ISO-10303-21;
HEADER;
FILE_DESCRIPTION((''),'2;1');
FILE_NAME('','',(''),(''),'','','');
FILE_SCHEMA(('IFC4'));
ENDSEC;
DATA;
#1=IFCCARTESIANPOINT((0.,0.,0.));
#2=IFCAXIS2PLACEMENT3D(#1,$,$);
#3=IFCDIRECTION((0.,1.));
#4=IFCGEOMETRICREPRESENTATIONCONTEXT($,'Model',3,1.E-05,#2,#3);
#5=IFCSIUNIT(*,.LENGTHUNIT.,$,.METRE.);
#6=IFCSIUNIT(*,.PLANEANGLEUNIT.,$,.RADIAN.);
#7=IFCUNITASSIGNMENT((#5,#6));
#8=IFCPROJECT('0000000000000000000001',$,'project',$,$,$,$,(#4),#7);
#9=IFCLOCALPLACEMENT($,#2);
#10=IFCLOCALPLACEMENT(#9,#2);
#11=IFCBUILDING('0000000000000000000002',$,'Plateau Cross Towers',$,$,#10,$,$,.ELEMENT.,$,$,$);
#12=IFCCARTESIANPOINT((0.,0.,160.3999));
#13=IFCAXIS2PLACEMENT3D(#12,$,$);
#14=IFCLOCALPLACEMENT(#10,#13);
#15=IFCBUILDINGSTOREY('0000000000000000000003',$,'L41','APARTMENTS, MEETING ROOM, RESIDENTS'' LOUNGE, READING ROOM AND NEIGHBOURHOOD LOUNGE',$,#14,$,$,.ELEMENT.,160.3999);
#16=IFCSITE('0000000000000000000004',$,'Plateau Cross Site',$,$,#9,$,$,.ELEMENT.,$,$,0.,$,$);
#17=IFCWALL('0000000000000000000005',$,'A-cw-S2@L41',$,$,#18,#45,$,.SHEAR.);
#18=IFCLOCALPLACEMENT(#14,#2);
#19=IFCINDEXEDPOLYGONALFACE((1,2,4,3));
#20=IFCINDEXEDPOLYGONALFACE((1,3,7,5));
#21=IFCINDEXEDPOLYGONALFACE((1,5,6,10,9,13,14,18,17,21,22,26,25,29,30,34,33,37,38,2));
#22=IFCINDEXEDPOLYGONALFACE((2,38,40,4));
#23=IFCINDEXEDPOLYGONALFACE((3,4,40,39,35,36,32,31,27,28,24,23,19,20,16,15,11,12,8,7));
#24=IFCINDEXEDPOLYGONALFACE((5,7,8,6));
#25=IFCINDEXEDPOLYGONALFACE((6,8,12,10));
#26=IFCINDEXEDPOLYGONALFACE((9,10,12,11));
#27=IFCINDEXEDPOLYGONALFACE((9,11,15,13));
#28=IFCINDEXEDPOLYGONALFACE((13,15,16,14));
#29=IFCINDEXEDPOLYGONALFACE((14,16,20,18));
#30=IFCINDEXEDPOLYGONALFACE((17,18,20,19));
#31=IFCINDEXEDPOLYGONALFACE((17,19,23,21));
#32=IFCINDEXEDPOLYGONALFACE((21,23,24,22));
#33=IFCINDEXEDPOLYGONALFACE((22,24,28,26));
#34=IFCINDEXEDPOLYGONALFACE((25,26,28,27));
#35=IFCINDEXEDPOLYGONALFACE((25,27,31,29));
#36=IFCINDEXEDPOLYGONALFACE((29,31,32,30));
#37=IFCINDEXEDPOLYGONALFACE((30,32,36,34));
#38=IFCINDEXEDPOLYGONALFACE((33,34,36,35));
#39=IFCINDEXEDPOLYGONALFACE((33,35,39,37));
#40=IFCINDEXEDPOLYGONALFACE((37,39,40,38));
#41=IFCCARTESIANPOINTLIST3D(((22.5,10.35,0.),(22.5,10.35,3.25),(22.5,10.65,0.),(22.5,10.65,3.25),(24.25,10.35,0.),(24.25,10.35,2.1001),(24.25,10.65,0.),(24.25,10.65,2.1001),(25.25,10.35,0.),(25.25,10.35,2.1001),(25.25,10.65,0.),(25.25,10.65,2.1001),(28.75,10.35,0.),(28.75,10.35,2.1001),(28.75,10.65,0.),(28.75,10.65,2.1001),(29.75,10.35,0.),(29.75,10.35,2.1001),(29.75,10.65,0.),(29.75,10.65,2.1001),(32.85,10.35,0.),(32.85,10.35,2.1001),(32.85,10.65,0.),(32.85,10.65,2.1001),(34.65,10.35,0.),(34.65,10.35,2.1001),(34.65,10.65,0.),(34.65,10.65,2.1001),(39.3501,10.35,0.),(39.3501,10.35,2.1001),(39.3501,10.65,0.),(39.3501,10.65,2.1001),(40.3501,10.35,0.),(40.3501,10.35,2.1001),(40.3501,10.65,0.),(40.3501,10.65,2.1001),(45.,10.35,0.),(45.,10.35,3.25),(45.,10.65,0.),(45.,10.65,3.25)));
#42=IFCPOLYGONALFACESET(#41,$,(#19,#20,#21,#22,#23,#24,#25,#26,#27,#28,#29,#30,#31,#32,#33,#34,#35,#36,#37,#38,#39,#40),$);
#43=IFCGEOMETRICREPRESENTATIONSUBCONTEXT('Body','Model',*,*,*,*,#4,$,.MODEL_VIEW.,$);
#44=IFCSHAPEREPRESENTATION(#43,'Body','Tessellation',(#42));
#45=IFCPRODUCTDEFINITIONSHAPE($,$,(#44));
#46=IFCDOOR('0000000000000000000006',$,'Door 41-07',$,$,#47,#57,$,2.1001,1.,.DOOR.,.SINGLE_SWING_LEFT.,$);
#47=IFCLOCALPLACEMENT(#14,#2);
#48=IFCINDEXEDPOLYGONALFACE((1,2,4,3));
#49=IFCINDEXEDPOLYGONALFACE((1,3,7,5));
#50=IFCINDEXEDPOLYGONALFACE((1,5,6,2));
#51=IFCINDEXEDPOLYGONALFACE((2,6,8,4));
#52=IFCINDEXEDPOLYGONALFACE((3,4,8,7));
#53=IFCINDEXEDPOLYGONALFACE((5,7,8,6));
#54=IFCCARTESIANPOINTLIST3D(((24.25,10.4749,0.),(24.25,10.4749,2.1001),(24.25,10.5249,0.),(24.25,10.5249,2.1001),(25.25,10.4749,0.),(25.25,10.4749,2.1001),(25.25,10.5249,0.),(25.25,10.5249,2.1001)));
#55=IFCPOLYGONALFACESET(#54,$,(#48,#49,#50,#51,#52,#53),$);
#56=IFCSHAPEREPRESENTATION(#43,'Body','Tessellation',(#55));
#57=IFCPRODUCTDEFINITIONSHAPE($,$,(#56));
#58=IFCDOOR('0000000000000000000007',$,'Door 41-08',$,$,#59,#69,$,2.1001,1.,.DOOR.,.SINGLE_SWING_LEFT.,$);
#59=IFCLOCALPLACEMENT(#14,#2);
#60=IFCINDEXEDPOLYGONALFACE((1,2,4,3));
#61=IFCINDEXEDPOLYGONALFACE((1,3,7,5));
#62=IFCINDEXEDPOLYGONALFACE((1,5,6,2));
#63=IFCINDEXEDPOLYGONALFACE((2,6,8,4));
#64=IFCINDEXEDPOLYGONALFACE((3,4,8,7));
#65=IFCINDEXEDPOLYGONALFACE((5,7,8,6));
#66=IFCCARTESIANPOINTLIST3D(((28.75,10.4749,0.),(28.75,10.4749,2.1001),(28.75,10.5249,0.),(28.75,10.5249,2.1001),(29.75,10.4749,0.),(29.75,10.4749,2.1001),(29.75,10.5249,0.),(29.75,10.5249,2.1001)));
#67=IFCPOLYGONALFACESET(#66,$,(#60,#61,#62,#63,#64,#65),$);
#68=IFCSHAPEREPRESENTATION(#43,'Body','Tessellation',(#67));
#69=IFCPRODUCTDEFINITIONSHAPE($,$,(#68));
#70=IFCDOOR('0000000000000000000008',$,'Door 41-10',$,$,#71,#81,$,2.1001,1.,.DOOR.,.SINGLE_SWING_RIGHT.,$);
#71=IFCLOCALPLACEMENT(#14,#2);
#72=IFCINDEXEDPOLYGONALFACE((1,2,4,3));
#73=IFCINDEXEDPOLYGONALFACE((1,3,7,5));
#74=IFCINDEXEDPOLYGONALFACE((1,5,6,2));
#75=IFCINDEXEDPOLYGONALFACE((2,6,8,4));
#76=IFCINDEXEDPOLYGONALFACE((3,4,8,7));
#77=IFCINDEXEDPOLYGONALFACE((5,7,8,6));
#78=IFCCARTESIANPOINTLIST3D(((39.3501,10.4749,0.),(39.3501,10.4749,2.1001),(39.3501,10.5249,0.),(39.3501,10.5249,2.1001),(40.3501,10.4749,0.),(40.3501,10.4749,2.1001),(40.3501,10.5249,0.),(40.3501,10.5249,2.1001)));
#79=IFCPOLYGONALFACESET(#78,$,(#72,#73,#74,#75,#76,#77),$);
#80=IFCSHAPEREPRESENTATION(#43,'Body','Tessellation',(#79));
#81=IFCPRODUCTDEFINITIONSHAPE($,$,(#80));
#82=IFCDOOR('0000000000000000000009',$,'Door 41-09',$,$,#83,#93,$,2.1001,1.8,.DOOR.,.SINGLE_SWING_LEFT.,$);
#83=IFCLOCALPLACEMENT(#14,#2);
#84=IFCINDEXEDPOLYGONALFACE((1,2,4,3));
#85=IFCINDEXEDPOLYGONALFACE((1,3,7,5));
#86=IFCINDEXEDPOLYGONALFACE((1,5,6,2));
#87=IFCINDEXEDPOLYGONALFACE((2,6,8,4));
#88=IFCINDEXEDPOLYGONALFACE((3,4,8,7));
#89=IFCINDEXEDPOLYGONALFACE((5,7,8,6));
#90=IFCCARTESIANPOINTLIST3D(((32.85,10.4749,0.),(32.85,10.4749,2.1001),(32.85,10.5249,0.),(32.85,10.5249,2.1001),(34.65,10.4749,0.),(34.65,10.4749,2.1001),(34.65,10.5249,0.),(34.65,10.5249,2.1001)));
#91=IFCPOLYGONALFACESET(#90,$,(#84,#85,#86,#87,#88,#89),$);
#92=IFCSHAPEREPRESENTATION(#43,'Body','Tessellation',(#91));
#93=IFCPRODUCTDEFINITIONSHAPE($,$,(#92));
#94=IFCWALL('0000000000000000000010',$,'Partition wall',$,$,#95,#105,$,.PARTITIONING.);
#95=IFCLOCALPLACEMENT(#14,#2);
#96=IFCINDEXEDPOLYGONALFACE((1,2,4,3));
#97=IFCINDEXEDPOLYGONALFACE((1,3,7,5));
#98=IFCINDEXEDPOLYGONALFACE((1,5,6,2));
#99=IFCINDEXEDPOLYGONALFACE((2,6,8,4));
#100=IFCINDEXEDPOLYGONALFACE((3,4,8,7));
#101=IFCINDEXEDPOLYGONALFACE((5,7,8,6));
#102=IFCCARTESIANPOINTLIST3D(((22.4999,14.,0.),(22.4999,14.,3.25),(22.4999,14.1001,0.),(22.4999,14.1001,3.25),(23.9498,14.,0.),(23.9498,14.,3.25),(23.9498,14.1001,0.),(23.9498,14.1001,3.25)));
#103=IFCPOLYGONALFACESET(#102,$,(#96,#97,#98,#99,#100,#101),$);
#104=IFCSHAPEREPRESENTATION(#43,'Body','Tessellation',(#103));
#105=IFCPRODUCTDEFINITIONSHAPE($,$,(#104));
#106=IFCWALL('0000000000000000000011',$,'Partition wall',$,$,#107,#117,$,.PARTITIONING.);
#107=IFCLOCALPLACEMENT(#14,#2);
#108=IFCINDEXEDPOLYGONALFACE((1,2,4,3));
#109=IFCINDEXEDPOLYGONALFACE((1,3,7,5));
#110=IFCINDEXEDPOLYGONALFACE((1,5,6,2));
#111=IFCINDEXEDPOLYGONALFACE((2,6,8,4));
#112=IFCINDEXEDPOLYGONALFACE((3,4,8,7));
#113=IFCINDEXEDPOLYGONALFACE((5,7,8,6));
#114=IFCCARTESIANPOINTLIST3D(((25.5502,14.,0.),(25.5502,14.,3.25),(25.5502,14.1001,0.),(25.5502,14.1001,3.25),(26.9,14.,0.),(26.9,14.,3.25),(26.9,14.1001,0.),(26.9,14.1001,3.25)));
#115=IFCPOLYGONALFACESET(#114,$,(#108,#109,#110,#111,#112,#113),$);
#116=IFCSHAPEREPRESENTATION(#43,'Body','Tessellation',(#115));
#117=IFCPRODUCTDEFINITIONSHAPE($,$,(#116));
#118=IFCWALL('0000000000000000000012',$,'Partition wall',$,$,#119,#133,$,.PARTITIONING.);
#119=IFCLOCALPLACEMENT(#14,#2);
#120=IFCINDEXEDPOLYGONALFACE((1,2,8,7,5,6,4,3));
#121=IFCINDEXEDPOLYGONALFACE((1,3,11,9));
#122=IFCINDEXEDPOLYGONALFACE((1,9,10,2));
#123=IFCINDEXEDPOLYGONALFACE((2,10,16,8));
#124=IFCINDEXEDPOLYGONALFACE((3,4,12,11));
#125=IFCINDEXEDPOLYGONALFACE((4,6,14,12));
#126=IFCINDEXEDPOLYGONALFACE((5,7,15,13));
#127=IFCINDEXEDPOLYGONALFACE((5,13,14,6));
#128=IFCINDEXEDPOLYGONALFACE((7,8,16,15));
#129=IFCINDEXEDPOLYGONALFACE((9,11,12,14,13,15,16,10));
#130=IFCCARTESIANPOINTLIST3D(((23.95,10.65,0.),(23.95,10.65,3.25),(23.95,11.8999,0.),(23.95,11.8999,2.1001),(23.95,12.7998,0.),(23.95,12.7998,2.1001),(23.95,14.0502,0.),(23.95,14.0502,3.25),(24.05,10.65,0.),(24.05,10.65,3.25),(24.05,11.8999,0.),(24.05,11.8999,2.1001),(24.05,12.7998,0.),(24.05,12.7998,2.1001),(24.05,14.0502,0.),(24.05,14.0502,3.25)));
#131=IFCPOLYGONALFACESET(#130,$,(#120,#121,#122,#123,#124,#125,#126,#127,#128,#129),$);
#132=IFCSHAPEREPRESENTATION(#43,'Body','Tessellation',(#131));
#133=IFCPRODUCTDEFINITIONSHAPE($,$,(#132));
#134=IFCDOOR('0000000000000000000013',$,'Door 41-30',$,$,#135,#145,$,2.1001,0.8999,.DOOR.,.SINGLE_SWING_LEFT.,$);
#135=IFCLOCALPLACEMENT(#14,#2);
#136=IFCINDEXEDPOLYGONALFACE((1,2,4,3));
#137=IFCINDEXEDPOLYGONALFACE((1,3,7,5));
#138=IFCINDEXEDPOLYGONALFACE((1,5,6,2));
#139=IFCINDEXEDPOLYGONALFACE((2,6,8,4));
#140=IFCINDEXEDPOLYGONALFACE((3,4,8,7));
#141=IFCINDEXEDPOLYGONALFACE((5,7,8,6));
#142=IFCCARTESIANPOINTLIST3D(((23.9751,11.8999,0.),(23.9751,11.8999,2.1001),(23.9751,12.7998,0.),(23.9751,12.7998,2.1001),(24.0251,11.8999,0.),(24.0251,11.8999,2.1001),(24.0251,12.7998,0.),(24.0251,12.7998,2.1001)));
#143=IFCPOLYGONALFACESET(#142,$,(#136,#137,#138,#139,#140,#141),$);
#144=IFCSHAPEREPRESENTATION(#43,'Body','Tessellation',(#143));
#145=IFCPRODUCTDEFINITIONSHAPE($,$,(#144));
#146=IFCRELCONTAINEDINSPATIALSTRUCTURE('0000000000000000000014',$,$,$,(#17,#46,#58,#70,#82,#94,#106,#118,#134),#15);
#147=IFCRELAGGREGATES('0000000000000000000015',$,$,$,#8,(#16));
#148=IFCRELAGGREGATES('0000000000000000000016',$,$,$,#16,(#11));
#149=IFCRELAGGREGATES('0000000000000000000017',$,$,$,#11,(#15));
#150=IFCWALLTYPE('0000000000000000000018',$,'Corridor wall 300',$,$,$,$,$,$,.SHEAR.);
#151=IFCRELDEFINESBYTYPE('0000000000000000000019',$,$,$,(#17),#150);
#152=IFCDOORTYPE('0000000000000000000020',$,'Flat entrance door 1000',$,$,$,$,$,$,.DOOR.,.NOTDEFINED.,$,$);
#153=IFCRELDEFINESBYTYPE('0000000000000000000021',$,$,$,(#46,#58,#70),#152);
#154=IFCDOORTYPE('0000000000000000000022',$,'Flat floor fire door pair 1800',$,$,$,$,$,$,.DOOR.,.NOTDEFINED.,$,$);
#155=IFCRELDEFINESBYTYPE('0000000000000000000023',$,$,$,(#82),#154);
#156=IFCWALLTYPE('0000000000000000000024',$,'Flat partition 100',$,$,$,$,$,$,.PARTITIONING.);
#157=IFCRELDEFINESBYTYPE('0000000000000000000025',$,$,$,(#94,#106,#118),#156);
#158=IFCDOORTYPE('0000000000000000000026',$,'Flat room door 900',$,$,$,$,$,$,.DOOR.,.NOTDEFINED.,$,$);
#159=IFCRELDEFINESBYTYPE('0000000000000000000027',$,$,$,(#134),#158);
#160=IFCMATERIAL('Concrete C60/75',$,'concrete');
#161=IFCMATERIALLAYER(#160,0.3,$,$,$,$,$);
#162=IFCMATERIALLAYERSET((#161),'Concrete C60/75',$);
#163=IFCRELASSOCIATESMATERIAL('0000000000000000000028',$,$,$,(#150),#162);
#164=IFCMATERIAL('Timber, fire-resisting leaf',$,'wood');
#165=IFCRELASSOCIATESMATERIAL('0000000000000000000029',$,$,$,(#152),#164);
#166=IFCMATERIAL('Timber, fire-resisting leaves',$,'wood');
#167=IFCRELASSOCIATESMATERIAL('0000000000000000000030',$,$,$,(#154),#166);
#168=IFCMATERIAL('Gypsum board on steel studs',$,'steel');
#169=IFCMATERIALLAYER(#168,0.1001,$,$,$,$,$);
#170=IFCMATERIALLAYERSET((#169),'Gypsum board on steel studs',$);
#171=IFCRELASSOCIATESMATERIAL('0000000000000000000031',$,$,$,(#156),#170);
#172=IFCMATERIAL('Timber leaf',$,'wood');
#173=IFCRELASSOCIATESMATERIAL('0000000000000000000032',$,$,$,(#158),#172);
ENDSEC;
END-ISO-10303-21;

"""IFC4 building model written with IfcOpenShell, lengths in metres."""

from ifc_helpers import new_model, si_unit, direction, frame, frame_2d, origin, place, context, subcontext, project, spatial, rectangle, extrude, material, layer, layer_set, type_object, element, fill, save


model = new_model("IFC4")

# Units and contexts
model_context = context("Model", 3, precision=1e-05, world=origin(), true_north=direction((0.0, 1.0)))
body_context = subcontext(model_context, "Body", "Model", "MODEL_VIEW")
ifc_project = project(units=[si_unit("LENGTHUNIT", "METRE"), si_unit("PLANEANGLEUNIT", "RADIAN")], contexts=[model_context])

# Site, building, storey
site_placement = place(None, origin())
site = spatial("IfcSite", under=ifc_project, at=site_placement, Name="Plateau Cross Site", CompositionType="ELEMENT", RefElevation=0.0)
building_placement = place(site_placement, origin())
building = spatial("IfcBuilding", under=site, at=building_placement, Name="Plateau Cross Towers", CompositionType="ELEMENT")
storey_placement = place(building_placement, frame((0.0, 0.0, 160.3999)))
storey = spatial("IfcBuildingStorey", under=building, at=storey_placement, Name="L41", Description="APARTMENTS, MEETING ROOM, RESIDENTS' LOUNGE, READING ROOM AND NEIGHBOURHOOD LOUNGE", CompositionType="ELEMENT", Elevation=160.3999)

# Shared definitions
ifc_material_1 = material(Name="Concrete C60/75", Category="concrete")

# Wall, openings, doors
ifc_layer_1 = layer(ifc_material_1, 0.3)
ifc_layer_set_1 = layer_set([ifc_layer_1], Name="Concrete C60/75")
wall_type_1 = type_object("IfcWallType", Name="Corridor wall 300", PredefinedType="SHEAR", material=ifc_layer_set_1)
ifc_material_2 = material(Name="Timber, fire-resisting leaf", Category="wood")
door_type_1 = type_object("IfcDoorType", Name="Flat entrance door 1000", OperationType="NOTDEFINED", PredefinedType="DOOR", material=ifc_material_2)
wall_1_placement = place(storey_placement, frame((22.5, 10.5, 0.0), z_axis=(0.0, 0.0, 1.0), x_axis=(1.0, 0.0, 0.0)))
wall_1 = element("IfcWall", 1, at=wall_1_placement, inside=storey, type_object=wall_type_1, Name="A-cw-S2@L41", PredefinedType="SHEAR", context=body_context, shape_type="SweptSolid", body=[
    extrude(rectangle(XDim=22.5, YDim=0.3, at=frame_2d((11.25, 0.0))), origin(), (0.0, 0.0, 1.0), 3.25),
])
opening_1_placement = place(wall_1_placement, frame((1.75, 0.0, 0.0)))
opening_1 = element("IfcOpeningElement", 2, at=opening_1_placement, cuts=wall_1, PredefinedType="OPENING", context=body_context, shape_type="SweptSolid", body=[
    extrude(rectangle(XDim=1.0, YDim=2.1001, at=frame_2d((0.5, 1.05))), frame((0.0, 0.1599, 0.0), z_axis=(0.0, -1.0, 0.0), x_axis=(1.0, 0.0, 0.0)), (0.0, 0.0, 1.0), 0.3201),
])
opening_2_placement = place(wall_1_placement, frame((6.25, 0.0, 0.0)))
opening_2 = element("IfcOpeningElement", 3, at=opening_2_placement, cuts=wall_1, PredefinedType="OPENING", context=body_context, shape_type="SweptSolid", body=[
    extrude(rectangle(XDim=1.0, YDim=2.1001, at=frame_2d((0.5, 1.05))), frame((0.0, 0.1599, 0.0), z_axis=(0.0, -1.0, 0.0), x_axis=(1.0, 0.0, 0.0)), (0.0, 0.0, 1.0), 0.3201),
])
opening_3_placement = place(wall_1_placement, frame((10.3501, 0.0, 0.0)))
opening_3 = element("IfcOpeningElement", 4, at=opening_3_placement, cuts=wall_1, PredefinedType="OPENING", context=body_context, shape_type="SweptSolid", body=[
    extrude(rectangle(XDim=1.8, YDim=2.1001, at=frame_2d((0.8999, 1.05))), frame((0.0, 0.1599, 0.0), z_axis=(0.0, -1.0, 0.0), x_axis=(1.0, 0.0, 0.0)), (0.0, 0.0, 1.0), 0.3201),
])
opening_4_placement = place(wall_1_placement, frame((16.8501, 0.0, 0.0)))
opening_4 = element("IfcOpeningElement", 5, at=opening_4_placement, cuts=wall_1, PredefinedType="OPENING", context=body_context, shape_type="SweptSolid", body=[
    extrude(rectangle(XDim=1.0, YDim=2.1001, at=frame_2d((0.5, 1.05))), frame((0.0, 0.1599, 0.0), z_axis=(0.0, -1.0, 0.0), x_axis=(1.0, 0.0, 0.0)), (0.0, 0.0, 1.0), 0.3201),
])
door_1_placement = place(opening_1_placement, origin())
door_1 = element("IfcDoor", 6, at=door_1_placement, inside=storey, type_object=door_type_1, Name="Door 41-07", OperationType="SINGLE_SWING_LEFT", OverallHeight=2.1001, OverallWidth=1.0, PredefinedType="DOOR", context=body_context, shape_type="SweptSolid", body=[
    extrude(rectangle(XDim=1.0, YDim=2.1001, at=frame_2d((0.5, 1.05))), frame((0.0, 0.0249, 0.0), z_axis=(0.0, -1.0, 0.0), x_axis=(1.0, 0.0, 0.0)), (0.0, 0.0, 1.0), 0.05),
])
fill(opening_1, door_1)
door_2_placement = place(opening_2_placement, origin())
door_2 = element("IfcDoor", 7, at=door_2_placement, inside=storey, type_object=door_type_1, Name="Door 41-08", OperationType="SINGLE_SWING_LEFT", OverallHeight=2.1001, OverallWidth=1.0, PredefinedType="DOOR", context=body_context, shape_type="SweptSolid", body=[
    extrude(rectangle(XDim=1.0, YDim=2.1001, at=frame_2d((0.5, 1.05))), frame((0.0, 0.0249, 0.0), z_axis=(0.0, -1.0, 0.0), x_axis=(1.0, 0.0, 0.0)), (0.0, 0.0, 1.0), 0.05),
])
fill(opening_2, door_2)
door_3_placement = place(opening_4_placement, origin())
door_3 = element("IfcDoor", 8, at=door_3_placement, inside=storey, type_object=door_type_1, Name="Door 41-10", OperationType="SINGLE_SWING_RIGHT", OverallHeight=2.1001, OverallWidth=1.0, PredefinedType="DOOR", context=body_context, shape_type="SweptSolid", body=[
    extrude(rectangle(XDim=1.0, YDim=2.1001, at=frame_2d((0.5, 1.05))), frame((0.0, 0.0249, 0.0), z_axis=(0.0, -1.0, 0.0), x_axis=(1.0, 0.0, 0.0)), (0.0, 0.0, 1.0), 0.05),
])
fill(opening_4, door_3)
ifc_material_3 = material(Name="Timber, fire-resisting leaves", Category="wood")
door_type_2 = type_object("IfcDoorType", Name="Flat floor fire door pair 1800", OperationType="NOTDEFINED", PredefinedType="DOOR", material=ifc_material_3)
door_4_placement = place(opening_3_placement, origin())
door_4 = element("IfcDoor", 9, at=door_4_placement, inside=storey, type_object=door_type_2, Name="Door 41-09", OperationType="SINGLE_SWING_LEFT", OverallHeight=2.1001, OverallWidth=1.8, PredefinedType="DOOR", context=body_context, shape_type="SweptSolid", body=[
    extrude(rectangle(XDim=1.8, YDim=2.1001, at=frame_2d((0.8999, 1.05))), frame((0.0, 0.0249, 0.0), z_axis=(0.0, -1.0, 0.0), x_axis=(1.0, 0.0, 0.0)), (0.0, 0.0, 1.0), 0.05),
])
fill(opening_3, door_4)

# Walls
ifc_material_4 = material(Name="Gypsum board on steel studs", Category="steel")
ifc_layer_2 = layer(ifc_material_4, 0.1001)
ifc_layer_set_2 = layer_set([ifc_layer_2], Name="Gypsum board on steel studs")
wall_type_2 = type_object("IfcWallType", Name="Flat partition 100", PredefinedType="PARTITIONING", material=ifc_layer_set_2)
wall_2_placement = place(storey_placement, frame((23.95, 14.05, 0.0), z_axis=(0.0, 0.0, 1.0), x_axis=(-1.0, 0.0, 0.0)))
element("IfcWall", 10, at=wall_2_placement, inside=storey, type_object=wall_type_2, Name="Partition wall", PredefinedType="PARTITIONING", context=body_context, shape_type="SweptSolid", body=[
    extrude(rectangle(XDim=1.45, YDim=0.1001, at=frame_2d((0.7251, 0.0))), origin(), (0.0, 0.0, 1.0), 3.25),
])
wall_3_placement = place(storey_placement, frame((26.8999, 14.05, 0.0), z_axis=(0.0, 0.0, 1.0), x_axis=(-1.0, 0.0, 0.0)))
element("IfcWall", 11, at=wall_3_placement, inside=storey, type_object=wall_type_2, Name="Partition wall", PredefinedType="PARTITIONING", context=body_context, shape_type="SweptSolid", body=[
    extrude(rectangle(XDim=1.3499, YDim=0.1001, at=frame_2d((0.6748, 0.0))), origin(), (0.0, 0.0, 1.0), 3.25),
])

# Wall, opening, door
wall_4_placement = place(storey_placement, frame((24.0, 10.6499, 0.0), z_axis=(0.0, 0.0, 1.0), x_axis=(0.0, 1.0, 0.0)))
wall_4 = element("IfcWall", 12, at=wall_4_placement, inside=storey, type_object=wall_type_2, Name="Partition wall", PredefinedType="PARTITIONING", context=body_context, shape_type="SweptSolid", body=[
    extrude(rectangle(XDim=3.4001, YDim=0.1001, at=frame_2d((1.7002, 0.0))), origin(), (0.0, 0.0, 1.0), 3.25),
])
opening_5_placement = place(wall_4_placement, frame((1.25, 0.0, 0.0)))
opening_5 = element("IfcOpeningElement", 13, at=opening_5_placement, cuts=wall_4, PredefinedType="OPENING", context=body_context, shape_type="SweptSolid", body=[
    extrude(rectangle(XDim=0.8999, YDim=2.1001, at=frame_2d((0.45, 1.05))), frame((0.0, 0.0601, 0.0), z_axis=(0.0, -1.0, 0.0), x_axis=(1.0, 0.0, 0.0)), (0.0, 0.0, 1.0), 0.1201),
])
ifc_material_5 = material(Name="Timber leaf", Category="wood")
door_type_3 = type_object("IfcDoorType", Name="Flat room door 900", OperationType="NOTDEFINED", PredefinedType="DOOR", material=ifc_material_5)
door_5_placement = place(opening_5_placement, origin())
door_5 = element("IfcDoor", 14, at=door_5_placement, inside=storey, type_object=door_type_3, Name="Door 41-30", OperationType="SINGLE_SWING_LEFT", OverallHeight=2.1001, OverallWidth=0.8999, PredefinedType="DOOR", context=body_context, shape_type="SweptSolid", body=[
    extrude(rectangle(XDim=0.8999, YDim=2.1001, at=frame_2d((0.45, 1.05))), frame((0.0, 0.0249, 0.0), z_axis=(0.0, -1.0, 0.0), x_axis=(1.0, 0.0, 0.0)), (0.0, 0.0, 1.0), 0.05),
])
fill(opening_5, door_5)

save(model, "model.ifc")
